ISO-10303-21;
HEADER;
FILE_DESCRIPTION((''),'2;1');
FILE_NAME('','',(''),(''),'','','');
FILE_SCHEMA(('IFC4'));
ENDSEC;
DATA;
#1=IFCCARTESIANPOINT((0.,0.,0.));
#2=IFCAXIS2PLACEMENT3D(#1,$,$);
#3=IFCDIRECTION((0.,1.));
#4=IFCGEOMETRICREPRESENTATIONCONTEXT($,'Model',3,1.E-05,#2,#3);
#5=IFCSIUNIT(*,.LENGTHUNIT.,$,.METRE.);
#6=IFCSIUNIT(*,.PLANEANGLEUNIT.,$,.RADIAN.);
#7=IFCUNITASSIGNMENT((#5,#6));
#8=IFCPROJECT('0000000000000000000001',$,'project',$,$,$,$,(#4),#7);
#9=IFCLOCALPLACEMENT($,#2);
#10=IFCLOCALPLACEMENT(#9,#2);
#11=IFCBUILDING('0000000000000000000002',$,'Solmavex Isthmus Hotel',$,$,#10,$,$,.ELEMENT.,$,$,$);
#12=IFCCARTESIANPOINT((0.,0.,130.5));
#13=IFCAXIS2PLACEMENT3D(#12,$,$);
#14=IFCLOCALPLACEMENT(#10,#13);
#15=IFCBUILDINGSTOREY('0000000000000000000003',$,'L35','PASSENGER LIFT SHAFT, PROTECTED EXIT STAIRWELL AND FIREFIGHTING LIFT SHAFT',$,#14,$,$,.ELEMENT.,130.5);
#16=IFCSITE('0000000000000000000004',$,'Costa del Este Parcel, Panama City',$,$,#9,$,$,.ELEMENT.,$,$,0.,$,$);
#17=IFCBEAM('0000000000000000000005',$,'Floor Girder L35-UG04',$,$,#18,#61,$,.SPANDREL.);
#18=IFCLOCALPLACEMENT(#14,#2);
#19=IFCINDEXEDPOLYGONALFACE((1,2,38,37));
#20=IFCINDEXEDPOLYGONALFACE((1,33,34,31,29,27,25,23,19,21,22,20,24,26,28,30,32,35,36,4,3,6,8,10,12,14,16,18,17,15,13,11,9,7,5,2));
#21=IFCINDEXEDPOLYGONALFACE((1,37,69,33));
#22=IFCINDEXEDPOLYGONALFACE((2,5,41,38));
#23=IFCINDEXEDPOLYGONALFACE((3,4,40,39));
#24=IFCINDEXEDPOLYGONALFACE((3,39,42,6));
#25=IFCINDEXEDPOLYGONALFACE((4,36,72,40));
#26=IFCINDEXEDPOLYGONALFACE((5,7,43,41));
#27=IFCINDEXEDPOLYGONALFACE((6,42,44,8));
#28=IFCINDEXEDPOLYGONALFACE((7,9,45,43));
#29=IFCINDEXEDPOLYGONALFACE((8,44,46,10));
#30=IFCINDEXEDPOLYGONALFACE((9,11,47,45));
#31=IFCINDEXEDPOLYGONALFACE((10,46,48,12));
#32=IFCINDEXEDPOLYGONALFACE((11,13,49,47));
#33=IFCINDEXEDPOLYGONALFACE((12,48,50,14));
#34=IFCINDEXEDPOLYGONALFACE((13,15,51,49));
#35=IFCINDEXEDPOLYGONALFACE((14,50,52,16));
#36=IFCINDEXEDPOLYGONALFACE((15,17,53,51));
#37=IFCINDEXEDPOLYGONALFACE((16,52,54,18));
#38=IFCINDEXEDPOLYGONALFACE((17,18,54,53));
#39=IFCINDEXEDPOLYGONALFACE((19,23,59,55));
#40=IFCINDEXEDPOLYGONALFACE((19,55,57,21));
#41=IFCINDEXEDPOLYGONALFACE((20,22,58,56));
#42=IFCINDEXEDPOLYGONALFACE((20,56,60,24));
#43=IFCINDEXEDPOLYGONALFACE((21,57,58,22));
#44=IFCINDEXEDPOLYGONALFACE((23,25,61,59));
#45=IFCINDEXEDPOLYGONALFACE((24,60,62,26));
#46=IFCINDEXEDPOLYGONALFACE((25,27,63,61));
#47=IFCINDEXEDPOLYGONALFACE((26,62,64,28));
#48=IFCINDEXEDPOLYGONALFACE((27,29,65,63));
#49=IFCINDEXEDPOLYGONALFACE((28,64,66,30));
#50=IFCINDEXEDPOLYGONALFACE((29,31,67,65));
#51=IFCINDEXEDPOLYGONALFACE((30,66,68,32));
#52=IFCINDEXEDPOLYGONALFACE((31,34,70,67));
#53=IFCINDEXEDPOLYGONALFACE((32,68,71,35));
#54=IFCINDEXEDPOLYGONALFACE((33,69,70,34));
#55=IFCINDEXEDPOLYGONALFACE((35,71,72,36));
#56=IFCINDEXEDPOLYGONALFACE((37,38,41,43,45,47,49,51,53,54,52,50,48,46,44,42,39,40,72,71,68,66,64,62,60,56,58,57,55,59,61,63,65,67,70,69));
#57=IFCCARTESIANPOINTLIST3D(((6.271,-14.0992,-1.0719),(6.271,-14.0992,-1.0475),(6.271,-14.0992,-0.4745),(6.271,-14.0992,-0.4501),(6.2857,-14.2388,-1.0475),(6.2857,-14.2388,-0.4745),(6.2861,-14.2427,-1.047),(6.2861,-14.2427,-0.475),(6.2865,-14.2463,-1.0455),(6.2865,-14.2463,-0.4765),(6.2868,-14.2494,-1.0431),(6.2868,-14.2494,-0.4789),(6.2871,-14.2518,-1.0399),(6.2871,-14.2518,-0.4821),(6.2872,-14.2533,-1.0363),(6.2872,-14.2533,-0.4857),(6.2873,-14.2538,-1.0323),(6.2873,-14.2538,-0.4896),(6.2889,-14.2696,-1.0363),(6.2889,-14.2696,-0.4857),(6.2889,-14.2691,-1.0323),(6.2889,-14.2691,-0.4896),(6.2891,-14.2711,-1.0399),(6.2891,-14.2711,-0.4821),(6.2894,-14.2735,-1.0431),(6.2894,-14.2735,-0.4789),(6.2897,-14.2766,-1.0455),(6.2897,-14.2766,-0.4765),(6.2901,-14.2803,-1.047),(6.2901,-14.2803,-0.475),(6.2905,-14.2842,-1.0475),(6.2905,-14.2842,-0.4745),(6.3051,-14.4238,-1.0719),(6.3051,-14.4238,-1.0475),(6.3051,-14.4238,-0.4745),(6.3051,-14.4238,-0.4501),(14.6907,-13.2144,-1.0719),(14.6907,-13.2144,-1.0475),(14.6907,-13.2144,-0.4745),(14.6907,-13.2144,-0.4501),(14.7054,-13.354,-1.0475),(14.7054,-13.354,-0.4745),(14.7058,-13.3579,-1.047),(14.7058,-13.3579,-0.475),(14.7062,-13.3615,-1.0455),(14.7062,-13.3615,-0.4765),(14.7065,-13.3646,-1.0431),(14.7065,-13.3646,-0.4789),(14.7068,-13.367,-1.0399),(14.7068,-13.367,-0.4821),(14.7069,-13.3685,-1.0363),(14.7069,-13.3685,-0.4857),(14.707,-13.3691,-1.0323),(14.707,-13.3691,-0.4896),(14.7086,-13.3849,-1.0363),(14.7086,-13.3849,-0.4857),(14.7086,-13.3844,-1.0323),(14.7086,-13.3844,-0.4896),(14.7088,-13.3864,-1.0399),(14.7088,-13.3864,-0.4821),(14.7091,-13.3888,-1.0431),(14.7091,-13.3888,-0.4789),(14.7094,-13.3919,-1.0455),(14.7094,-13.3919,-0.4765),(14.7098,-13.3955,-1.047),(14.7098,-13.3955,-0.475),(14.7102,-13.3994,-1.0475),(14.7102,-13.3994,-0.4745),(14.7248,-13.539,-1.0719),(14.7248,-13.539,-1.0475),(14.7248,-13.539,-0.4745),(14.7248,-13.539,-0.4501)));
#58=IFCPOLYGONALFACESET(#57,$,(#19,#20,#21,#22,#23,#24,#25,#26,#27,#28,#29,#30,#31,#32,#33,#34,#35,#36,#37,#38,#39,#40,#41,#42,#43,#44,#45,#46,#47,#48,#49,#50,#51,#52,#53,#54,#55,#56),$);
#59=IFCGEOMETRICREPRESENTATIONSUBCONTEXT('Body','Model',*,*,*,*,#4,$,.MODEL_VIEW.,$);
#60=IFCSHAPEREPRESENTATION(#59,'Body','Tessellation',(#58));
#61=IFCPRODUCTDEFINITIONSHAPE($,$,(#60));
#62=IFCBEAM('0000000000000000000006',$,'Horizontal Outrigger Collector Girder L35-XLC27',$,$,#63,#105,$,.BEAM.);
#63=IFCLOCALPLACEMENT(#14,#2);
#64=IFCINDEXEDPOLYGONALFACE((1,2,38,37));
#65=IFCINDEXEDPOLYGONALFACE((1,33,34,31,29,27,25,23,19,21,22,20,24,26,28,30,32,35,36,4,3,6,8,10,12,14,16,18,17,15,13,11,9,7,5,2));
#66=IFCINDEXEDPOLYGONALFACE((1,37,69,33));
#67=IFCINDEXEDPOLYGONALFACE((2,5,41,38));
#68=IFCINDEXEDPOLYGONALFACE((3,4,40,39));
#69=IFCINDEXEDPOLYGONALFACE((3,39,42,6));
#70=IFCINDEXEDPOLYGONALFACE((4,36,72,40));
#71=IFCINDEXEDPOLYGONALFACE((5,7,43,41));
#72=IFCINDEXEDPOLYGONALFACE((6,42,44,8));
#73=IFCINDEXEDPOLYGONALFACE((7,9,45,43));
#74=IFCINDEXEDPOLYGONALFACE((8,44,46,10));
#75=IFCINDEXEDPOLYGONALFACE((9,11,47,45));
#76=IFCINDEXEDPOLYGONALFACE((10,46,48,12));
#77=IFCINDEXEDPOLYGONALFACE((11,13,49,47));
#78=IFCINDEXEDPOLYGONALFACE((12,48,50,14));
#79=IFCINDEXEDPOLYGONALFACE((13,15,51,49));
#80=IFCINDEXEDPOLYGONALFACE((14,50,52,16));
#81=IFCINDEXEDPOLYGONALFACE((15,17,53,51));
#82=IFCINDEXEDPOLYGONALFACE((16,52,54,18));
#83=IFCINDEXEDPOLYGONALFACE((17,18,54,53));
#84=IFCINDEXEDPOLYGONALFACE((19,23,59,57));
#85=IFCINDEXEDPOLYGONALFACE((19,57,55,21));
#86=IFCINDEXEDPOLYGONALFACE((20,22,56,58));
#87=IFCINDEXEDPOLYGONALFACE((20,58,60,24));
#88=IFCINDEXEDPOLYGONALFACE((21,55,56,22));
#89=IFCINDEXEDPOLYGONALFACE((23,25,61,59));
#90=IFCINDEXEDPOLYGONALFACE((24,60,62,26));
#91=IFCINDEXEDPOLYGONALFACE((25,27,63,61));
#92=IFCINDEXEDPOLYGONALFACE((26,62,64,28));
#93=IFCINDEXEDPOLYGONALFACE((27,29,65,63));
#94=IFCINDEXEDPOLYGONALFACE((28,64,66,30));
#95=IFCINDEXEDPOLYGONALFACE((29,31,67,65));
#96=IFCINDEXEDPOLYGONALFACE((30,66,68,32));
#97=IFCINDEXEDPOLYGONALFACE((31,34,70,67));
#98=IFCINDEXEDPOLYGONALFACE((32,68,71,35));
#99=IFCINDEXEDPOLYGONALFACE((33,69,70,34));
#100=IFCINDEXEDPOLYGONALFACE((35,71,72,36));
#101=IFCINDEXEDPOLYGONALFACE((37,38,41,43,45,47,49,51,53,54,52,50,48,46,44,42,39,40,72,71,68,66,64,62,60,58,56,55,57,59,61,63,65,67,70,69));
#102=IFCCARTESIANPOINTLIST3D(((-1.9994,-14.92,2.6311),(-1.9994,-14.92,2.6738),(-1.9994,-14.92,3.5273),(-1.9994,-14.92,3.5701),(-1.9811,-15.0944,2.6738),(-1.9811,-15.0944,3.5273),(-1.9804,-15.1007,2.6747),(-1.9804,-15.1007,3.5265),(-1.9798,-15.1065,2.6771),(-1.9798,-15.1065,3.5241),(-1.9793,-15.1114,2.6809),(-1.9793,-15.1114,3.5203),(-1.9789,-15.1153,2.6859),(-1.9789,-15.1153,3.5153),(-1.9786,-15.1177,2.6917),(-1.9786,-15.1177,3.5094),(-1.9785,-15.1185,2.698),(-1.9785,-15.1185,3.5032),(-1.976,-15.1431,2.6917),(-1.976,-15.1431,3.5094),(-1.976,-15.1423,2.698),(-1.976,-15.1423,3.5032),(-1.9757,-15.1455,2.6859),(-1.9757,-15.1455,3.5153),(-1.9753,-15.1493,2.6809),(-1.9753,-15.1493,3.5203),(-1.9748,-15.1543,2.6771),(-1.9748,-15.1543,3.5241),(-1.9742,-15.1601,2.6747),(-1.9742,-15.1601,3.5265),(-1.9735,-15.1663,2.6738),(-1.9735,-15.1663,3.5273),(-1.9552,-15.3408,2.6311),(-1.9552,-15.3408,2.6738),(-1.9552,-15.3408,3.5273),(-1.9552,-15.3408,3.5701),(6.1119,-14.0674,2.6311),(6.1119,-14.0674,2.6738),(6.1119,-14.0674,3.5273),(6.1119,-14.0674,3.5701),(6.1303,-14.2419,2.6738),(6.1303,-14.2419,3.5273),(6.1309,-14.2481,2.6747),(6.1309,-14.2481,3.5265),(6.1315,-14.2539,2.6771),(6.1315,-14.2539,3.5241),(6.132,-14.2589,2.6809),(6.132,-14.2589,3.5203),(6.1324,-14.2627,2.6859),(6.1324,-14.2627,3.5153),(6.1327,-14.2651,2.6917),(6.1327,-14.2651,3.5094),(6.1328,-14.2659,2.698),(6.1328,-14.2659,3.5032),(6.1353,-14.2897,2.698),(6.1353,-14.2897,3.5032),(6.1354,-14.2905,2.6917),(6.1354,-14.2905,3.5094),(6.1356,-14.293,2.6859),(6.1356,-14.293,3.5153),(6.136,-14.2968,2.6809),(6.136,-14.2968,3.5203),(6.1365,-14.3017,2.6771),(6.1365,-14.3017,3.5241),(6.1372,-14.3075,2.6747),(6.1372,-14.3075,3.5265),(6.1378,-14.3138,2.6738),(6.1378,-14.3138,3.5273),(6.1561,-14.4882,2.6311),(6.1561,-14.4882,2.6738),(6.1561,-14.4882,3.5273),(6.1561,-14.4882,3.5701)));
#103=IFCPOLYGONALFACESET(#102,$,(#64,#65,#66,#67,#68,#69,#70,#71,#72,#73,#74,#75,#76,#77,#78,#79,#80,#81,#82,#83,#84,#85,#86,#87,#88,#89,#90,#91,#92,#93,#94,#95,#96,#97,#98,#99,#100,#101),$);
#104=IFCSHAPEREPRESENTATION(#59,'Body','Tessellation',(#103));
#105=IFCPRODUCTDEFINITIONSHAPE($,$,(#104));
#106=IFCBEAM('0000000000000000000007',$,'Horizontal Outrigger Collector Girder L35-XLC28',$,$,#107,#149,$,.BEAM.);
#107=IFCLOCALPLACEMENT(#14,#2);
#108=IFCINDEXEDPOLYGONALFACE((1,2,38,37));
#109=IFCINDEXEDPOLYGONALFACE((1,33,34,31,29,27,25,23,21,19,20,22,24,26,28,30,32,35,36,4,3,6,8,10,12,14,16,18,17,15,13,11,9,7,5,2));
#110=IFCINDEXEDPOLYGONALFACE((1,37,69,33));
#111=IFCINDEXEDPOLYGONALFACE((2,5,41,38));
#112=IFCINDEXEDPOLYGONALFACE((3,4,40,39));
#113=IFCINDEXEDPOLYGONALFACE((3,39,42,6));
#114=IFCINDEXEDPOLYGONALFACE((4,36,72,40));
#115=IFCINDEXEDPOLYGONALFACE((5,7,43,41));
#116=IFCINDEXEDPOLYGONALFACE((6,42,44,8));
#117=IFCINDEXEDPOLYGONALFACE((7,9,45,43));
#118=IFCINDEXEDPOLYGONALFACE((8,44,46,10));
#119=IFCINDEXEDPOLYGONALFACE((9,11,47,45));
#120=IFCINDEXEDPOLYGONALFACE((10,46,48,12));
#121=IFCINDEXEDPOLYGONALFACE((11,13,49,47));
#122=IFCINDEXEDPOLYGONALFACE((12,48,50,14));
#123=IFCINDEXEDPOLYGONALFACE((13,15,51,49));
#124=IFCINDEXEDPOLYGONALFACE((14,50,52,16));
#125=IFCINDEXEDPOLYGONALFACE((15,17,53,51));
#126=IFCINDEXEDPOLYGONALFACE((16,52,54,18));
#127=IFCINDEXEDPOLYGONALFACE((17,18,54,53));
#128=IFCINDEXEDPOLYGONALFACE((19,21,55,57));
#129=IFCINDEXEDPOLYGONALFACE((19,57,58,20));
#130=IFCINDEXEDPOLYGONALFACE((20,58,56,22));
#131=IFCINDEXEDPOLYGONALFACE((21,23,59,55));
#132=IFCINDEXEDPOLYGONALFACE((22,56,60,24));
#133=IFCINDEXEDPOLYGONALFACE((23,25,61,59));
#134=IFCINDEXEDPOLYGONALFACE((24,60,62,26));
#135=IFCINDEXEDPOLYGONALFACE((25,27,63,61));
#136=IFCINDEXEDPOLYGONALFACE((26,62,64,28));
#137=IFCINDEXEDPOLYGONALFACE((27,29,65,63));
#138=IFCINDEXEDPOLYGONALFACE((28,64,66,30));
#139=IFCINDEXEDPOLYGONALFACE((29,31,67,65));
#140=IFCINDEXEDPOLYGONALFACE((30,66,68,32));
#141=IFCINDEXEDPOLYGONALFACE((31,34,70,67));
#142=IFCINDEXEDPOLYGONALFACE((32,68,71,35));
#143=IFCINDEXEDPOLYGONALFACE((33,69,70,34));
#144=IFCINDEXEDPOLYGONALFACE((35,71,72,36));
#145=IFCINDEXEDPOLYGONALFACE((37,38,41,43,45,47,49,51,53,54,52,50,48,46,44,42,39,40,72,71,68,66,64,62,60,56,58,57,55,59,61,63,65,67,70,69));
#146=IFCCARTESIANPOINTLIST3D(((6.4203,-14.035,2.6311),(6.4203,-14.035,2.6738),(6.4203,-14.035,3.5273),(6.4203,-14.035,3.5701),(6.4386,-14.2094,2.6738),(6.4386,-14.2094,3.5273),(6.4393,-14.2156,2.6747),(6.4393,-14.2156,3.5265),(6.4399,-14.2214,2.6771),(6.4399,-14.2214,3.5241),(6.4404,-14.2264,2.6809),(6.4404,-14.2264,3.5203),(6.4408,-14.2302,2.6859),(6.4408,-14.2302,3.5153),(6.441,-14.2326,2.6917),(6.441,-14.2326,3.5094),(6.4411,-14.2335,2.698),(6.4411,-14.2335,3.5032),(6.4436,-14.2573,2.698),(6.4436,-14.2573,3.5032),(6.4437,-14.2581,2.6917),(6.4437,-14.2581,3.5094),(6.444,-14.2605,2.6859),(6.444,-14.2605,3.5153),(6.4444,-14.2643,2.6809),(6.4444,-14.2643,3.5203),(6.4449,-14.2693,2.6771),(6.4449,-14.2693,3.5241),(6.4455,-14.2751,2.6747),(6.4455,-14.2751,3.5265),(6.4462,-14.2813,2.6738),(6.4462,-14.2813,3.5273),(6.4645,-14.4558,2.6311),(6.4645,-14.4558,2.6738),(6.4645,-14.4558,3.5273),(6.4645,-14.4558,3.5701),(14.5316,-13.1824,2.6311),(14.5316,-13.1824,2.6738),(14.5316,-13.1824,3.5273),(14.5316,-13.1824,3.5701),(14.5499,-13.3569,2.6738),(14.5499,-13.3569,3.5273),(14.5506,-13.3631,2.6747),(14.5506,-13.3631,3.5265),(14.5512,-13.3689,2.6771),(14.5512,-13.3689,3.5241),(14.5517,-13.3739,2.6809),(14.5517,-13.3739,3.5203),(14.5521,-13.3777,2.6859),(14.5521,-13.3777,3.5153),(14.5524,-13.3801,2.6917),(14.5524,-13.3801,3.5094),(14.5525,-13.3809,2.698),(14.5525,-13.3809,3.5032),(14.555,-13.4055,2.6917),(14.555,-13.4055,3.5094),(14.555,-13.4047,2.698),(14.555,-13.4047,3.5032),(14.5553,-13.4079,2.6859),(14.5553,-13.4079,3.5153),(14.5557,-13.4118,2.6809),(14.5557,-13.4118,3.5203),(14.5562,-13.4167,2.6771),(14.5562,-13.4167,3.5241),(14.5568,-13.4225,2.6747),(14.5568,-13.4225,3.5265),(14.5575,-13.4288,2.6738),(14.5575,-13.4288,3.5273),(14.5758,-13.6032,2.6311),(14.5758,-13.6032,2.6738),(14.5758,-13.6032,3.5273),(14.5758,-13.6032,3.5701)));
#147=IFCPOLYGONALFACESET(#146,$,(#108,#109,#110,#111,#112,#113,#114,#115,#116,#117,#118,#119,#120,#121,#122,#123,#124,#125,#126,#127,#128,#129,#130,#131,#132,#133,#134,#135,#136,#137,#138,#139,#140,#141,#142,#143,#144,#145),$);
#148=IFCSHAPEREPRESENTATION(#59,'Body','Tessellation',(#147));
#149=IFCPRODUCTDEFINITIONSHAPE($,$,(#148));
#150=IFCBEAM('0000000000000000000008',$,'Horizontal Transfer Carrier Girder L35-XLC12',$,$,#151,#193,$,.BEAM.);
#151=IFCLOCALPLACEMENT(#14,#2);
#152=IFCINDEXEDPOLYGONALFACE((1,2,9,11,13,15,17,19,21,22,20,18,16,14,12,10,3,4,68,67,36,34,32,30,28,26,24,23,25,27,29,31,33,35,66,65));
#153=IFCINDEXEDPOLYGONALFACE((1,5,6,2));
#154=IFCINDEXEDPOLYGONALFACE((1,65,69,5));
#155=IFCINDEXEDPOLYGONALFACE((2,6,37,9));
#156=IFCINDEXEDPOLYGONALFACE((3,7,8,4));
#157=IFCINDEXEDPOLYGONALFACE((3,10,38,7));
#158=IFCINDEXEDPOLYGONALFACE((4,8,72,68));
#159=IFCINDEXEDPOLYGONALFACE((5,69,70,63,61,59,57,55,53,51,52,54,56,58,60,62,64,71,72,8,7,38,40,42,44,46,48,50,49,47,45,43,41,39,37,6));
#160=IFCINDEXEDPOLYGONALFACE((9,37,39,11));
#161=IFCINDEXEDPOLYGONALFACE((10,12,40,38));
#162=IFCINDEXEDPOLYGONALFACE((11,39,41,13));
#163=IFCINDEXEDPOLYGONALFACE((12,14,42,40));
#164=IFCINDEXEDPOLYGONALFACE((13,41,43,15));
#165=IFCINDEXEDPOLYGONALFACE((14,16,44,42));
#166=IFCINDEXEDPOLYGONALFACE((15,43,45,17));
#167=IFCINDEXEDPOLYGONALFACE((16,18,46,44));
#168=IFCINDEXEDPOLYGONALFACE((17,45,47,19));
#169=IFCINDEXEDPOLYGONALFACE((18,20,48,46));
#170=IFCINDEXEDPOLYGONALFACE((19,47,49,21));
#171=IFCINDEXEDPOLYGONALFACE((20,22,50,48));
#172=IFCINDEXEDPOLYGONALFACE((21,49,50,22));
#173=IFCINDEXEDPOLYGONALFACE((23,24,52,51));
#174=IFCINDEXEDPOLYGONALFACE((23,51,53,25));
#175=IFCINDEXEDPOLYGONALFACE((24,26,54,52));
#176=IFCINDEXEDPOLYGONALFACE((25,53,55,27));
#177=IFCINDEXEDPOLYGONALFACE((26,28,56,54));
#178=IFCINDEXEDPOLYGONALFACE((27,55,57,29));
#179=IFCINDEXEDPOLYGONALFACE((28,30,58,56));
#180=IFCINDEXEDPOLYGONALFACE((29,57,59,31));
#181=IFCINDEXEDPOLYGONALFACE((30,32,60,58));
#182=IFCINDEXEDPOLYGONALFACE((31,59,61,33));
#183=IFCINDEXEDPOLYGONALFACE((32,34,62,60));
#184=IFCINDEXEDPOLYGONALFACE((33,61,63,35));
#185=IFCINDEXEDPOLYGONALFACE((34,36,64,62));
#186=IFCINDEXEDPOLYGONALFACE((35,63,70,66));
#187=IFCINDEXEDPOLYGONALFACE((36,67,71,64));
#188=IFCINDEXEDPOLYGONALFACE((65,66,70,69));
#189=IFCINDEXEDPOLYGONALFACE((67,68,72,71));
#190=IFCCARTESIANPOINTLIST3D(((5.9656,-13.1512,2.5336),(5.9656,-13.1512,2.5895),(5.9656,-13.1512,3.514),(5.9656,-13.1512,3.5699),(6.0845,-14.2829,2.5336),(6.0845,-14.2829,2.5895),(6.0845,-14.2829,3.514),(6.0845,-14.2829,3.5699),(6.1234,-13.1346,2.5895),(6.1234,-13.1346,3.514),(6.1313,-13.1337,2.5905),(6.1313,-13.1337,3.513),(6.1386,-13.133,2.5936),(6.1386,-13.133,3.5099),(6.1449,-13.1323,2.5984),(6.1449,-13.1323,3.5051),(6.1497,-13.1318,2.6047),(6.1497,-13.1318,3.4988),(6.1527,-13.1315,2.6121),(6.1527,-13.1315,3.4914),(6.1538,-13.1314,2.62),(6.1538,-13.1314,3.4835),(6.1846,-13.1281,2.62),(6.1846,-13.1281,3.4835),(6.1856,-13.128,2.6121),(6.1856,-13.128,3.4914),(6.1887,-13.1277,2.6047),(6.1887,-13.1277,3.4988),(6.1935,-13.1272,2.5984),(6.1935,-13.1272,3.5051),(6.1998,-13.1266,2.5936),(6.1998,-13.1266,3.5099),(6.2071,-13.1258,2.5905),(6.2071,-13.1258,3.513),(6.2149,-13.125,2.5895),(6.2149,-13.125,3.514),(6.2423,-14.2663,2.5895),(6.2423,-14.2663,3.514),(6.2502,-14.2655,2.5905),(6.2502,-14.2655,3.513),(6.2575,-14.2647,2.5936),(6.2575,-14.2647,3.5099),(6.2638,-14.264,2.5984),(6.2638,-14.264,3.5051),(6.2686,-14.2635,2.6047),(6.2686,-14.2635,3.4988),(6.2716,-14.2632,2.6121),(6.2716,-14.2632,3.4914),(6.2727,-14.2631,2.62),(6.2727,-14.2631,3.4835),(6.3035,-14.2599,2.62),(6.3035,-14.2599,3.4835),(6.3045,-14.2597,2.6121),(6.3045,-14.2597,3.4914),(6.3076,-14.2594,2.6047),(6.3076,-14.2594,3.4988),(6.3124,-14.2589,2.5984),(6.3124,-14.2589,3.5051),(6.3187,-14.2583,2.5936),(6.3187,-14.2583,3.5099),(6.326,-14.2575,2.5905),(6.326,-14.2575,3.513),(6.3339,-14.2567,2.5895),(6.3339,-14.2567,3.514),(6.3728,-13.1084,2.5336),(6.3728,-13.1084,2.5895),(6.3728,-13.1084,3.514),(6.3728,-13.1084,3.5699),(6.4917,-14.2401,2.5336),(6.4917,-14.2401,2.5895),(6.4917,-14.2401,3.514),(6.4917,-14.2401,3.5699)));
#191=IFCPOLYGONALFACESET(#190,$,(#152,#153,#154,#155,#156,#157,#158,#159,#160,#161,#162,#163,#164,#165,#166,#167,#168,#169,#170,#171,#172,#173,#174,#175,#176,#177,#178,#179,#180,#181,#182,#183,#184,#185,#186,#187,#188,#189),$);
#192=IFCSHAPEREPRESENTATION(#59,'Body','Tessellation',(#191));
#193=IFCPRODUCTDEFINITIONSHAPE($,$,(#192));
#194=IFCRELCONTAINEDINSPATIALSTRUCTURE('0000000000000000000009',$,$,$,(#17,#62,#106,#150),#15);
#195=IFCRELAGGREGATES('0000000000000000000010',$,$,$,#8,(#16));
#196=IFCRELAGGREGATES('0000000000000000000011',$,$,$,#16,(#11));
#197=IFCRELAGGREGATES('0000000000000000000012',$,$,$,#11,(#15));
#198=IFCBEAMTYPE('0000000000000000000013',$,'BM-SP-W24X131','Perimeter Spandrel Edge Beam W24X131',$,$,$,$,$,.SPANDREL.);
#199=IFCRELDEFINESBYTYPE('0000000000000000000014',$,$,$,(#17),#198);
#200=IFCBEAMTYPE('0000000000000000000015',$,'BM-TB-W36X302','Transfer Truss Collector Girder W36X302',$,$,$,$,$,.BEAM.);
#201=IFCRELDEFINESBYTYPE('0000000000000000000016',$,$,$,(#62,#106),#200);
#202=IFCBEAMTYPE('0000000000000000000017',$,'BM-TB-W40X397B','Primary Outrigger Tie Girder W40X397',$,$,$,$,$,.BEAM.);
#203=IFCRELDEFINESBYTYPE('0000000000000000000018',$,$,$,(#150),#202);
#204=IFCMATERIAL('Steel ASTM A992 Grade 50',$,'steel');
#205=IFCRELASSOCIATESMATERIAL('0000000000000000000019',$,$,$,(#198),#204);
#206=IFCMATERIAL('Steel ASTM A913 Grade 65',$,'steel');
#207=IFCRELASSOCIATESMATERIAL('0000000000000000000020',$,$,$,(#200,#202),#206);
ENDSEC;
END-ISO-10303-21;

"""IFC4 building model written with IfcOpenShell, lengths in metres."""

from ifc_helpers import new_model, si_unit, direction, frame, origin, origin_2d, place, context, subcontext, project, spatial, i_section, extrude, material, material_profile, profile_set, type_object, element, save


model = new_model("IFC4")

# Units and contexts
model_context = context("Model", 3, precision=1e-05, world=origin(), true_north=direction((0.0, 1.0)))
body_context = subcontext(model_context, "Body", "Model", "MODEL_VIEW")
ifc_project = project(units=[si_unit("LENGTHUNIT", "METRE"), si_unit("PLANEANGLEUNIT", "RADIAN")], contexts=[model_context])

# Site, building, storey
site_placement = place(None, origin())
site = spatial("IfcSite", under=ifc_project, at=site_placement, Name="Costa del Este Parcel, Panama City", CompositionType="ELEMENT", RefElevation=0.0)
building_placement = place(site_placement, origin())
building = spatial("IfcBuilding", under=site, at=building_placement, Name="Solmavex Isthmus Hotel", CompositionType="ELEMENT")
storey_placement = place(building_placement, frame((0.0, 0.0, 130.5)))
storey = spatial("IfcBuildingStorey", under=building, at=storey_placement, Name="L35", Description="PASSENGER LIFT SHAFT, PROTECTED EXIT STAIRWELL AND FIREFIGHTING LIFT SHAFT", CompositionType="ELEMENT", Elevation=130.5)

# Shared definitions
ifc_material_1 = material(Name="Steel ASTM A913 Grade 65", Category="steel")

# Beams
ifc_material_2 = material(Name="Steel ASTM A992 Grade 50", Category="steel")
ifc_material_profile_1 = material_profile(ifc_material_2, i_section(OverallWidth=0.3264, OverallDepth=0.6218, WebThickness=0.0154, FlangeThickness=0.0244, FilletRadius=0.0151, at=origin_2d()), Name="W24X131")
ifc_profile_set_1 = profile_set([ifc_material_profile_1], Name="Steel ASTM A992 Grade 50")
beam_type_1 = type_object("IfcBeamType", Name="BM-SP-W24X131", Description="Perimeter Spandrel Edge Beam W24X131", PredefinedType="SPANDREL", material=ifc_profile_set_1)
beam_1_placement = place(storey_placement, frame((6.2881, -14.2615, -0.761), z_axis=(0.994524, 0.104508, 0.0), x_axis=(-0.104508, 0.994524, 0.0)))
element("IfcBeam", 1, at=beam_1_placement, inside=storey, type_object=beam_type_1, Name="Floor Girder L35-UG04", PredefinedType="SPANDREL", context=body_context, shape_type="SweptSolid", body=[
    extrude(i_section(OverallWidth=0.3264, OverallDepth=0.6218, WebThickness=0.0154, FlangeThickness=0.0244, FilletRadius=0.0151, at=origin_2d()), origin(), (0.0, 0.0, 1.0), 8.4661),
])
ifc_material_profile_2 = material_profile(ifc_material_1, i_section(OverallWidth=0.4231, OverallDepth=0.939, WebThickness=0.0239, FlangeThickness=0.0427, FilletRadius=0.0242, at=origin_2d()), Name="W36X302")
ifc_profile_set_2 = profile_set([ifc_material_profile_2], Name="Steel ASTM A913 Grade 65")
beam_type_2 = type_object("IfcBeamType", Name="BM-TB-W36X302", Description="Transfer Truss Collector Girder W36X302", PredefinedType="BEAM", material=ifc_profile_set_2)
for number, where, z_axis, x_axis, name in (
    (2, (-1.9773, -15.1304, 3.1006), (0.994522, 0.104529, 0.0), (-0.104529, 0.994522, 0.0), "Horizontal Outrigger Collector Girder L35-XLC27"),
    (3, (6.4424, -14.2454, 3.1006), (0.994522, 0.104529, 0.0), (-0.104529, 0.994522, 0.0), "Horizontal Outrigger Collector Girder L35-XLC28"),
):
    element("IfcBeam", number, at=place(storey_placement, frame(where, z_axis=z_axis, x_axis=x_axis)), inside=storey, type_object=beam_type_2, Name=name, PredefinedType="BEAM", context=body_context, shape_type="SweptSolid", body=[
        extrude(i_section(OverallWidth=0.4231, OverallDepth=0.939, WebThickness=0.0239, FlangeThickness=0.0427, FilletRadius=0.0242, at=origin_2d()), origin(), (0.0, 0.0, 1.0), 8.156),
    ])
ifc_material_profile_3 = material_profile(ifc_material_1, i_section(OverallWidth=0.4094, OverallDepth=1.0364, WebThickness=0.031, FlangeThickness=0.0559, FilletRadius=0.0305, at=origin_2d()), Name="W40X397")
ifc_profile_set_3 = profile_set([ifc_material_profile_3], Name="Steel ASTM A913 Grade 65")
beam_type_3 = type_object("IfcBeamType", Name="BM-TB-W40X397B", Description="Primary Outrigger Tie Girder W40X397", PredefinedType="BEAM", material=ifc_profile_set_3)
beam_2_placement = place(storey_placement, frame((6.2881, -14.2615, 3.0518), z_axis=(-0.104495, 0.994525, 0.0), x_axis=(-0.994525, -0.104495, 0.0)))
element("IfcBeam", 4, at=beam_2_placement, inside=storey, type_object=beam_type_3, Name="Horizontal Transfer Carrier Girder L35-XLC12", PredefinedType="BEAM", context=body_context, shape_type="SweptSolid", body=[
    extrude(i_section(OverallWidth=0.4094, OverallDepth=1.0364, WebThickness=0.031, FlangeThickness=0.0559, FilletRadius=0.0305, at=origin_2d()), origin(), (0.0, 0.0, 1.0), 1.1379),
])

save(model, "model.ifc")
